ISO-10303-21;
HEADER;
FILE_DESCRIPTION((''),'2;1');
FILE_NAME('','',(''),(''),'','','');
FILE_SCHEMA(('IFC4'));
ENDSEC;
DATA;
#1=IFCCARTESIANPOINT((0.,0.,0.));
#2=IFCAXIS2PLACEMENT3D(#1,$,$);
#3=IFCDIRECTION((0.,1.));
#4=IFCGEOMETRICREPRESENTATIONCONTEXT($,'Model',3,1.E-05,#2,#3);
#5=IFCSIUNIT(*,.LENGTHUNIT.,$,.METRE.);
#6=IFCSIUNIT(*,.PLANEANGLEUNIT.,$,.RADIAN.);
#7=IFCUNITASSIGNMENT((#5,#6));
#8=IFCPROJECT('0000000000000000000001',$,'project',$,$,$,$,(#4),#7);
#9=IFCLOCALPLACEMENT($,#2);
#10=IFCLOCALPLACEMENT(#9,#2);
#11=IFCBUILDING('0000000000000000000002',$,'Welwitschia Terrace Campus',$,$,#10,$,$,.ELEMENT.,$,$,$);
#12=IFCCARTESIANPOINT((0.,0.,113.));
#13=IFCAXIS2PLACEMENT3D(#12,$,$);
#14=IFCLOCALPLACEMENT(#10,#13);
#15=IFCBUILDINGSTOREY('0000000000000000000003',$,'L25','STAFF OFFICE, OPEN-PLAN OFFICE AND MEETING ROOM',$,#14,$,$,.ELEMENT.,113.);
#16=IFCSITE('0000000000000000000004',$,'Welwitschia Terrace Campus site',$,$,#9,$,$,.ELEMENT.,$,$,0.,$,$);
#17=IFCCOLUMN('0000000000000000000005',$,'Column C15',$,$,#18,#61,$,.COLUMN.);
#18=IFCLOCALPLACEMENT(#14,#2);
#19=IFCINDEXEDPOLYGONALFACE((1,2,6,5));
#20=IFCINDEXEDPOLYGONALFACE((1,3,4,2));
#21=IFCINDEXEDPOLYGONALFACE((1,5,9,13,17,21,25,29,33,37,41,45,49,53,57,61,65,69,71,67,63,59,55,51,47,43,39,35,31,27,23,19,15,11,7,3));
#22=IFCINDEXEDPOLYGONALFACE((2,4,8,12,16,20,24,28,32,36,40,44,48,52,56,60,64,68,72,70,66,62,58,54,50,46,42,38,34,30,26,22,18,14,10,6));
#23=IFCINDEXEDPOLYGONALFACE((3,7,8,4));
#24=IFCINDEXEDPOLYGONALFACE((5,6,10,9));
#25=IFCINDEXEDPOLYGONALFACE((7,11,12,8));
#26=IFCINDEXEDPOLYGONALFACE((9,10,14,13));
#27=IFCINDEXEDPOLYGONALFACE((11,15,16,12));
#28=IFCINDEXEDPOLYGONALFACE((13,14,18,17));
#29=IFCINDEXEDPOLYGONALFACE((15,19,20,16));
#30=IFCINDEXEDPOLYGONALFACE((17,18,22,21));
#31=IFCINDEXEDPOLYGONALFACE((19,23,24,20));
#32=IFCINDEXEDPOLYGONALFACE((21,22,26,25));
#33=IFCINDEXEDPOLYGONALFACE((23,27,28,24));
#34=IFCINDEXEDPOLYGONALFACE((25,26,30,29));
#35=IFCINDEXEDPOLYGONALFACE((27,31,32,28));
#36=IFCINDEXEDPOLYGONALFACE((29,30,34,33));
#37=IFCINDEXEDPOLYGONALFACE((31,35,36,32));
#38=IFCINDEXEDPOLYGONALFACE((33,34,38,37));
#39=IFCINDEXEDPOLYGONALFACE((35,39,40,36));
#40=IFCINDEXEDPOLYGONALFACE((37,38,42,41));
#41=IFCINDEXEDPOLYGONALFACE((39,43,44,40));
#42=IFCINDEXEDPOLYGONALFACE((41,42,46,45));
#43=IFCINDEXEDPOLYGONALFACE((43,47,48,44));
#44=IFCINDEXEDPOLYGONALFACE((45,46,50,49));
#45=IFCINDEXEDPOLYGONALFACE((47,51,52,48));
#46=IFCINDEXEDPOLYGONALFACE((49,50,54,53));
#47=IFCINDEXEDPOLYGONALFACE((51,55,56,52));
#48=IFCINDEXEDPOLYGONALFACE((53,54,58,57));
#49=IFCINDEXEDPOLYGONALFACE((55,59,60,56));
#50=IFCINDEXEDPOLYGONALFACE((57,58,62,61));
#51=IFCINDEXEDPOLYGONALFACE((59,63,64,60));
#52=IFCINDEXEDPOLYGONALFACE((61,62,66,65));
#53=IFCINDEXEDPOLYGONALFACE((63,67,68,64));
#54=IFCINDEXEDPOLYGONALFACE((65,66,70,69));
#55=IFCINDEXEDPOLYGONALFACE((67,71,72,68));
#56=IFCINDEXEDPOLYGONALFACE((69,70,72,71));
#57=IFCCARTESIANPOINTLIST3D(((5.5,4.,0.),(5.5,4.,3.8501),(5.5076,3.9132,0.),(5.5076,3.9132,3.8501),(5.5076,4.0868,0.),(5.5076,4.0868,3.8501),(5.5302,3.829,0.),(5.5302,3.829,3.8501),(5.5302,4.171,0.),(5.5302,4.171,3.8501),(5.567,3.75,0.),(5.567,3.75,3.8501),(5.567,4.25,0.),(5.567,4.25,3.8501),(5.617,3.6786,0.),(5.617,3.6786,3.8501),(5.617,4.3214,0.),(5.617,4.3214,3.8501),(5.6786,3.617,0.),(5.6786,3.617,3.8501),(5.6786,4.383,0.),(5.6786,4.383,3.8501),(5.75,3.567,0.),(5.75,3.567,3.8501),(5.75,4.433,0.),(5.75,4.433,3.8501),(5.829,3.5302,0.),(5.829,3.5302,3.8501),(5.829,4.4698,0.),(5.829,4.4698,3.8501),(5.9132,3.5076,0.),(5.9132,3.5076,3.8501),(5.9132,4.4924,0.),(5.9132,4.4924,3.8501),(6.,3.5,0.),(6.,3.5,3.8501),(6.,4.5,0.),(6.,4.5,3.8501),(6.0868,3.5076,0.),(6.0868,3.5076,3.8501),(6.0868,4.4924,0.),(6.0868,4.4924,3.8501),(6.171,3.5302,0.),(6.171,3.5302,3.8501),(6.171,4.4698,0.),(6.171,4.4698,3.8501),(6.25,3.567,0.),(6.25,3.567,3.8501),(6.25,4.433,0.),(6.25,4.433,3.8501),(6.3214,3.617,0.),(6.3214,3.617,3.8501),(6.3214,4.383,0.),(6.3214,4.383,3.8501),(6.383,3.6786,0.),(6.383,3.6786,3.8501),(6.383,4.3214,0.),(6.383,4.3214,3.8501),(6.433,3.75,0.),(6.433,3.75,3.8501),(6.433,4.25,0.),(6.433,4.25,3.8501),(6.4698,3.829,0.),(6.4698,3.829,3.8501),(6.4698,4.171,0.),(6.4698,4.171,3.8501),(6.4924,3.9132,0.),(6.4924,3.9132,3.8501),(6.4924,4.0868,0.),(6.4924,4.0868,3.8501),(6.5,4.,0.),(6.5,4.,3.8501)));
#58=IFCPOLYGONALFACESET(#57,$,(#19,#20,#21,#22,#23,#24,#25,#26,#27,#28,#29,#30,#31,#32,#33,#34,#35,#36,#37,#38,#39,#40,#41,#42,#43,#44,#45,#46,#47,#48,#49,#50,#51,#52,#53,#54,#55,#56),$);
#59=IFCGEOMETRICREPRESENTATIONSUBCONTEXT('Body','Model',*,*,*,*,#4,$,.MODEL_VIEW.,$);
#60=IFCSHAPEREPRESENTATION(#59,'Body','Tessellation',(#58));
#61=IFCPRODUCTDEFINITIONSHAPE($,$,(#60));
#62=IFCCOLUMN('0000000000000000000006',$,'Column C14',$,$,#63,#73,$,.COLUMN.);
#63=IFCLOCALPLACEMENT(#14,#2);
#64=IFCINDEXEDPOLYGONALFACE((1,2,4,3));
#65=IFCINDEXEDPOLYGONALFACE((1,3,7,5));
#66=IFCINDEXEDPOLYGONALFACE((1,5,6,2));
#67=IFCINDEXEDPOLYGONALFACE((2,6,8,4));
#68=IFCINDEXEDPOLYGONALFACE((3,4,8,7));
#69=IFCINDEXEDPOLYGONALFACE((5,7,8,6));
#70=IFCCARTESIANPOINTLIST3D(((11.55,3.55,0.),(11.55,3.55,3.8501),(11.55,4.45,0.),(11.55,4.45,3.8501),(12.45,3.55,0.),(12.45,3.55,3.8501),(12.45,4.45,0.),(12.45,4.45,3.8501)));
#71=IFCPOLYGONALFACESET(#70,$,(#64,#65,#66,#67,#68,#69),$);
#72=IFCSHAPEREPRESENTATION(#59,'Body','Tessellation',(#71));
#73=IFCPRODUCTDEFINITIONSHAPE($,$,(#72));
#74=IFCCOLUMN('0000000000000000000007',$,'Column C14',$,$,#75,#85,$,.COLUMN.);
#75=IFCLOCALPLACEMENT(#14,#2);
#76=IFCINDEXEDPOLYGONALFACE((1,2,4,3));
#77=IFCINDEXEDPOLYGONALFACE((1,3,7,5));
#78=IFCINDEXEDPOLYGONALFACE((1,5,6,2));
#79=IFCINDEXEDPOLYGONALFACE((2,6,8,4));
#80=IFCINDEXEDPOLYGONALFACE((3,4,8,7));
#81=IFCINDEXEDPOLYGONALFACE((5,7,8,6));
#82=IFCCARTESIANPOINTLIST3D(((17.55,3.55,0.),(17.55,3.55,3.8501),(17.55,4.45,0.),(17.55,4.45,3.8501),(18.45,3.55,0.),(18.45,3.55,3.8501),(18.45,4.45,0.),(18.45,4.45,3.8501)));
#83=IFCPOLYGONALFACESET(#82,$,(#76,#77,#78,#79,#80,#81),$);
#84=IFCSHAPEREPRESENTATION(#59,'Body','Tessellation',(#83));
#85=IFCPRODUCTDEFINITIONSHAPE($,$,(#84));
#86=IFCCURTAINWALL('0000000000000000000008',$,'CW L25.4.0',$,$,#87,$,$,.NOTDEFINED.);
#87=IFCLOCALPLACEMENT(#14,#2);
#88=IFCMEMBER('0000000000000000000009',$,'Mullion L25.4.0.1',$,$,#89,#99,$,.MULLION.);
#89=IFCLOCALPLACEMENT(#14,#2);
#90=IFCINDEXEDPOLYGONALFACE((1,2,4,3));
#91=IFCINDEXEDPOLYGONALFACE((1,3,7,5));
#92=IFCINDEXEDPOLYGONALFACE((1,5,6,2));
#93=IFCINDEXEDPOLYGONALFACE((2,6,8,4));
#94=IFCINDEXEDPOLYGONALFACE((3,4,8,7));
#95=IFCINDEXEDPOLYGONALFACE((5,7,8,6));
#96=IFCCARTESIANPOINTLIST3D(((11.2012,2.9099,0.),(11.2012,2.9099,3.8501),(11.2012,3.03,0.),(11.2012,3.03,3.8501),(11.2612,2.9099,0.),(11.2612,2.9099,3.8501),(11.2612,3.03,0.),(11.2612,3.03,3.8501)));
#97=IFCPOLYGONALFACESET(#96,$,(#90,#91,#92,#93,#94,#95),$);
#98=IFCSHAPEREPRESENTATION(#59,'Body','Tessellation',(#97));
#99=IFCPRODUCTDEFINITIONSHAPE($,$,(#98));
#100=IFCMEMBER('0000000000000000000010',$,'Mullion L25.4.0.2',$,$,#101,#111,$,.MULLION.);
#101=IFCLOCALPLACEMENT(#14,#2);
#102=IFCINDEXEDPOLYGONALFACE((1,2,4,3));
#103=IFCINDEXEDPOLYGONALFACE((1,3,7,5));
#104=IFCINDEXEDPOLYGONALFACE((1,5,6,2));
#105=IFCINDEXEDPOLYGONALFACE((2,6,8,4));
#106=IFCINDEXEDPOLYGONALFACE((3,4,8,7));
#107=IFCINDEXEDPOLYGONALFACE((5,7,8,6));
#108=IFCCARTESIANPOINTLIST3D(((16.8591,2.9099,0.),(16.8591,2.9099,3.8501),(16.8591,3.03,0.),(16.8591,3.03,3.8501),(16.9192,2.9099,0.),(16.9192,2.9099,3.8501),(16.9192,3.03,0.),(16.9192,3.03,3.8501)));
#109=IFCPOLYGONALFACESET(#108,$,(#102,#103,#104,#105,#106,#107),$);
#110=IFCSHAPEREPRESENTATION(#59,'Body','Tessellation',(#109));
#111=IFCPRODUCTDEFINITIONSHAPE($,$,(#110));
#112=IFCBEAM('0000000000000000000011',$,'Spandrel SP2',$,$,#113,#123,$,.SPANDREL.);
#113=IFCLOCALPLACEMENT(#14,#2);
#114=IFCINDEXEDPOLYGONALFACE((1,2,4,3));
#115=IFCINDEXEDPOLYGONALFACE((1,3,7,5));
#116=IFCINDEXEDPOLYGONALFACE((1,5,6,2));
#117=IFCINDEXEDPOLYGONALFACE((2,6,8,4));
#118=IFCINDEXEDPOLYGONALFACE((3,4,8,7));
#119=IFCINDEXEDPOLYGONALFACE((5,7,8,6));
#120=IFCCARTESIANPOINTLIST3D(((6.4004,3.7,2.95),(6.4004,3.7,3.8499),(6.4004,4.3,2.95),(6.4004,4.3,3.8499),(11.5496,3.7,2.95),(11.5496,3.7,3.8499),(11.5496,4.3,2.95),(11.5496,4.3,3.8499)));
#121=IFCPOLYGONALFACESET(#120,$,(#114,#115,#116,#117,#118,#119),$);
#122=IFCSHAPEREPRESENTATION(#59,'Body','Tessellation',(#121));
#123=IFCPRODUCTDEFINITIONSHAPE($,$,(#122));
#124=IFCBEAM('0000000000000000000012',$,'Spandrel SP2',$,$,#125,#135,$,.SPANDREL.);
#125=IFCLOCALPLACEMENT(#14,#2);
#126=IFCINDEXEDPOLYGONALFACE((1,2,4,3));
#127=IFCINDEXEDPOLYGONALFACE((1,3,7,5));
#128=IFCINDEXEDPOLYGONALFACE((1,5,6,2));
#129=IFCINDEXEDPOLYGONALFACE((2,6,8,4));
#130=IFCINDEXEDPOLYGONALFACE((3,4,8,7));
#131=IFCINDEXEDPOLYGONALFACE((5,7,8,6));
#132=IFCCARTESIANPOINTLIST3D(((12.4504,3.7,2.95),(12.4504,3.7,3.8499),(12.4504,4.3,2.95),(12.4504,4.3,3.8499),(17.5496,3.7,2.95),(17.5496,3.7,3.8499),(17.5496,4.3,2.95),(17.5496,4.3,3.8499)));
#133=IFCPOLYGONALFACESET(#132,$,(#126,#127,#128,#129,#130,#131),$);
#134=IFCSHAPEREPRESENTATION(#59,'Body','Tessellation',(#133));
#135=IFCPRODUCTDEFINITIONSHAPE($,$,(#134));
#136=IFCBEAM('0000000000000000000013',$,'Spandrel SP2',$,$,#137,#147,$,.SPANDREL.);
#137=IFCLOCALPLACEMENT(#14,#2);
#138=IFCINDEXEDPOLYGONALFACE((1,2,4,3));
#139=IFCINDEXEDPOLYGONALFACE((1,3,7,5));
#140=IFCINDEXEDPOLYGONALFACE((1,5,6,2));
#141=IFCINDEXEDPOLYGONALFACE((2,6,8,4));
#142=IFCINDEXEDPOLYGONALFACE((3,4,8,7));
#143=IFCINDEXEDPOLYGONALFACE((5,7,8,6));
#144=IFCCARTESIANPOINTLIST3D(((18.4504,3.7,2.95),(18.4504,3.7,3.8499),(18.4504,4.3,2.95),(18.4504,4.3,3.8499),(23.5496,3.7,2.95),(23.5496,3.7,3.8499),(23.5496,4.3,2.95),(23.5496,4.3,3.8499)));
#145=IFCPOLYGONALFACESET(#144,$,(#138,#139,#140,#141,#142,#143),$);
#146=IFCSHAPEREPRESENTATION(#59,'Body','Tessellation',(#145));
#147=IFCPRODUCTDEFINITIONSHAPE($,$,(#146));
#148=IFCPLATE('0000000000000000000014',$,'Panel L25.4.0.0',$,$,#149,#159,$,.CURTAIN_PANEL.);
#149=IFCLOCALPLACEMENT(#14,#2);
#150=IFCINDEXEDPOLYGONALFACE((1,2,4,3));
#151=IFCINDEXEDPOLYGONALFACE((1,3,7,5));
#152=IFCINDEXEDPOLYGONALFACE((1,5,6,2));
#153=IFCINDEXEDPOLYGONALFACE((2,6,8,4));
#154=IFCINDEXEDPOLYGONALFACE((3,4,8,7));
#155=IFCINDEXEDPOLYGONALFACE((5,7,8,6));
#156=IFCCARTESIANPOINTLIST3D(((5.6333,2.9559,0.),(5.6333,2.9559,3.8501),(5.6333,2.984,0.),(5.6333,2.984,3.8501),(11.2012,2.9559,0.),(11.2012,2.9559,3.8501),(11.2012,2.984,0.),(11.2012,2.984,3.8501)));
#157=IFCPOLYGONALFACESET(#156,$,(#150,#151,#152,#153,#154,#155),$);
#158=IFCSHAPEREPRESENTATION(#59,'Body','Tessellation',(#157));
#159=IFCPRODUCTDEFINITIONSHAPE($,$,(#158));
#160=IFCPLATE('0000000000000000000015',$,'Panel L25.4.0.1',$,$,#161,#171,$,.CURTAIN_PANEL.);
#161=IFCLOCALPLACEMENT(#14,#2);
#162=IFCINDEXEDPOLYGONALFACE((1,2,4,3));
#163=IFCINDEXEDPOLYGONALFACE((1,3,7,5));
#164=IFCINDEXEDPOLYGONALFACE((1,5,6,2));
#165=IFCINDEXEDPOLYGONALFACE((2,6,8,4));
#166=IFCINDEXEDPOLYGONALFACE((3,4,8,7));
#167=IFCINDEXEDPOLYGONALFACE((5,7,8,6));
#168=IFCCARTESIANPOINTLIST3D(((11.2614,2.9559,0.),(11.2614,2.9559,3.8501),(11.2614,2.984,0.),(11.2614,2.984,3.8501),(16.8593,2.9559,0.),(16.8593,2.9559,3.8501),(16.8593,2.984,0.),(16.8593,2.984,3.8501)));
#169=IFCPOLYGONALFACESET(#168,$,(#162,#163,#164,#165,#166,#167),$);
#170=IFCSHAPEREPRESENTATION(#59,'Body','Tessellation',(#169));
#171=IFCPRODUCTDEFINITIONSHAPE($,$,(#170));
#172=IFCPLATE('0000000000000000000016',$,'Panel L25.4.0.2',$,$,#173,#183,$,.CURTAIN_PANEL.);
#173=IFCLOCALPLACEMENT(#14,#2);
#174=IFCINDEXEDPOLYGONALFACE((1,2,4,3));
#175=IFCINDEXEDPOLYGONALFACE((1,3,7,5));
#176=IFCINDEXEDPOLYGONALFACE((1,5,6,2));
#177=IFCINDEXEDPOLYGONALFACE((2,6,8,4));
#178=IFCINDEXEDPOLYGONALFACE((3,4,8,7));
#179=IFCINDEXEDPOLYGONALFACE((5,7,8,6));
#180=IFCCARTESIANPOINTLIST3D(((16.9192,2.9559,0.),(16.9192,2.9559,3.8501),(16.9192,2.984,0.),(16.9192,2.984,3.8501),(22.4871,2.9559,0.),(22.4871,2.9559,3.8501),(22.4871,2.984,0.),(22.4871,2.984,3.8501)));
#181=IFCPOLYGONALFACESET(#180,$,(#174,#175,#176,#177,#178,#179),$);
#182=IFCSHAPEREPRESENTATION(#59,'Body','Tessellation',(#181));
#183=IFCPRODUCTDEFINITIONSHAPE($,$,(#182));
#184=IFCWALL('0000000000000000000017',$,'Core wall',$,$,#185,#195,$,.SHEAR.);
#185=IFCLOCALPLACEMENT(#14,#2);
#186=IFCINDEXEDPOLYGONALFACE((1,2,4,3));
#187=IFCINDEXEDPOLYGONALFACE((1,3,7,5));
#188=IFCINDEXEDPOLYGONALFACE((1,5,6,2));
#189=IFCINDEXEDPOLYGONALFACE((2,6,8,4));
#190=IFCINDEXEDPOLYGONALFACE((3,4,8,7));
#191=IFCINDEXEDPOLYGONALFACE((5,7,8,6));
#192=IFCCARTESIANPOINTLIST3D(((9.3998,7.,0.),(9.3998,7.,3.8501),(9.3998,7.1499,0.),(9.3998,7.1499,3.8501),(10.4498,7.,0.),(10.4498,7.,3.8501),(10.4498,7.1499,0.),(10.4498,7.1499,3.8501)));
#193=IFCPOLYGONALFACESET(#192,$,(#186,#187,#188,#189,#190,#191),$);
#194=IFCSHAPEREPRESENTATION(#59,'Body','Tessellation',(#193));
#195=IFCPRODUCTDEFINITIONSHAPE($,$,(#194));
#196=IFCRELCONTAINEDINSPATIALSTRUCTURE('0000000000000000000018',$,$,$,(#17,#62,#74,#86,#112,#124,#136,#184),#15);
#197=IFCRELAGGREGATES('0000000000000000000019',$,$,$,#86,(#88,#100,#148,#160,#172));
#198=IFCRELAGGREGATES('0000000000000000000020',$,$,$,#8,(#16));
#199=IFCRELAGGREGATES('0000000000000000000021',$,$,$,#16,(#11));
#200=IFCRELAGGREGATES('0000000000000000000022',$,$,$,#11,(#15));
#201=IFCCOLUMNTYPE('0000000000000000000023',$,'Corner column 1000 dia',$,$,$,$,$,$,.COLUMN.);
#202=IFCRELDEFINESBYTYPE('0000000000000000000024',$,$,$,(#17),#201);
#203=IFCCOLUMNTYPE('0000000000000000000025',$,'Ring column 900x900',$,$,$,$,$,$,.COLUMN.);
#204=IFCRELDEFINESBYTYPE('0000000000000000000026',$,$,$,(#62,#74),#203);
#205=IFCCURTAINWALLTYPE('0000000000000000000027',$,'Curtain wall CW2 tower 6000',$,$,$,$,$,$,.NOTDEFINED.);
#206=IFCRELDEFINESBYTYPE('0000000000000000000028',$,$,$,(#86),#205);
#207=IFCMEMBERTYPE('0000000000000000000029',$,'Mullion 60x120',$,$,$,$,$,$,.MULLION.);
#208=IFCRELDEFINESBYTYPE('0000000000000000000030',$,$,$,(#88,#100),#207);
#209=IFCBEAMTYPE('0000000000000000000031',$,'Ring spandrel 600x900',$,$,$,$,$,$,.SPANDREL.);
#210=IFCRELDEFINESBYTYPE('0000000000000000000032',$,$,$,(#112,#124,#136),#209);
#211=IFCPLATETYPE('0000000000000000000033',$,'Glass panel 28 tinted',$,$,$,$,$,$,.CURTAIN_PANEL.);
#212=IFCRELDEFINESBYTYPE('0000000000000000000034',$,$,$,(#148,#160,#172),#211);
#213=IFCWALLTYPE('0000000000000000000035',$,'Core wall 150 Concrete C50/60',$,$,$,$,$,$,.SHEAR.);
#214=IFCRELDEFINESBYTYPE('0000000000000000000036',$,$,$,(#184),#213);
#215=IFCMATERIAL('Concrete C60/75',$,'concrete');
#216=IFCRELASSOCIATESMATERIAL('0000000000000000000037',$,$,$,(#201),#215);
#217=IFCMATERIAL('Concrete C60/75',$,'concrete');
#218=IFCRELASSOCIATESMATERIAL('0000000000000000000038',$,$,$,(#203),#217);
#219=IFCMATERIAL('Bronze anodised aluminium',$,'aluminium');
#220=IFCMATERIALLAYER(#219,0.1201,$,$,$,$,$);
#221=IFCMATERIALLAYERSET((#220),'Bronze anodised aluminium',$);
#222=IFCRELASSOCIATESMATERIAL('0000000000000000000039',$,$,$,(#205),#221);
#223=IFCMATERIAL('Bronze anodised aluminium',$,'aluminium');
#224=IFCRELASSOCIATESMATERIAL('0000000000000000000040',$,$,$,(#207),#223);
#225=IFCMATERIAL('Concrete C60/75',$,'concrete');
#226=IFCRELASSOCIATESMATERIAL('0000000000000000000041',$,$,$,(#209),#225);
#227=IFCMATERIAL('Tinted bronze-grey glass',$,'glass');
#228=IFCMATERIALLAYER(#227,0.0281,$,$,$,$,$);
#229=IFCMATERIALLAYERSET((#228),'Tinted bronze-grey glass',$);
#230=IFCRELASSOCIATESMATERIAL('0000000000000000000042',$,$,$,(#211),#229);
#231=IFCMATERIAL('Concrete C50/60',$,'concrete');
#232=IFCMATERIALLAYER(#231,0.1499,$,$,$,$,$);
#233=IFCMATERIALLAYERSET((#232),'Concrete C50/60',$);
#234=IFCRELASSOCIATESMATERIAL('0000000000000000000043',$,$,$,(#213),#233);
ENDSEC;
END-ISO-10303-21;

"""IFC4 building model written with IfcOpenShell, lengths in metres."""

from ifc_helpers import new_model, si_unit, direction, frame, frame_2d, origin, origin_2d, place, context, subcontext, project, spatial, rectangle, circle, extrude, material, layer, layer_set, material_profile, profile_set, type_object, element, aggregate, save


model = new_model("IFC4")

# Units and contexts
model_context = context("Model", 3, precision=1e-05, world=origin(), true_north=direction((0.0, 1.0)))
body_context = subcontext(model_context, "Body", "Model", "MODEL_VIEW")
ifc_project = project(units=[si_unit("LENGTHUNIT", "METRE"), si_unit("PLANEANGLEUNIT", "RADIAN")], contexts=[model_context])

# Site, building, storey
site_placement = place(None, origin())
site = spatial("IfcSite", under=ifc_project, at=site_placement, Name="Welwitschia Terrace Campus site", CompositionType="ELEMENT", RefElevation=0.0)
building_placement = place(site_placement, origin())
building = spatial("IfcBuilding", under=site, at=building_placement, Name="Welwitschia Terrace Campus", CompositionType="ELEMENT")
storey_placement = place(building_placement, frame((0.0, 0.0, 113.0)))
storey = spatial("IfcBuildingStorey", under=building, at=storey_placement, Name="L25", Description="STAFF OFFICE, OPEN-PLAN OFFICE AND MEETING ROOM", CompositionType="ELEMENT", Elevation=113.0)

# Columns
ifc_material_1 = material(Name="Concrete C60/75", Category="concrete")
ifc_material_profile_1 = material_profile(ifc_material_1, circle(Radius=0.5, at=origin_2d()))
ifc_profile_set_1 = profile_set([ifc_material_profile_1], Name="Concrete C60/75")
column_type_1 = type_object("IfcColumnType", Name="Corner column 1000 dia", PredefinedType="COLUMN", material=ifc_profile_set_1)
column_placement = place(storey_placement, frame((6.0, 4.0, 0.0), z_axis=(0.0, 0.0, 1.0), x_axis=(1.0, 0.0, 0.0)))
element("IfcColumn", 1, at=column_placement, inside=storey, type_object=column_type_1, Name="Column C15", PredefinedType="COLUMN", context=body_context, shape_type="SweptSolid", body=[
    extrude(circle(Radius=0.5, at=origin_2d()), origin(), (0.0, 0.0, 1.0), 3.8501),
])
ifc_material_2 = material(Name="Concrete C60/75", Category="concrete")
ifc_material_profile_2 = material_profile(ifc_material_2, rectangle(XDim=0.8999, YDim=0.8999, at=origin_2d()))
ifc_profile_set_2 = profile_set([ifc_material_profile_2], Name="Concrete C60/75")
column_type_2 = type_object("IfcColumnType", Name="Ring column 900x900", PredefinedType="COLUMN", material=ifc_profile_set_2)
for number, where, z_axis, x_axis, name in (
    (2, (12.0, 4.0, 0.0), (0.0, 0.0, 1.0), (1.0, 0.0, 0.0), "Column C14"),
    (3, (18.0, 4.0, 0.0), (0.0, 0.0, 1.0), (1.0, 0.0, 0.0), "Column C14"),
):
    element("IfcColumn", number, at=place(storey_placement, frame(where, z_axis=z_axis, x_axis=x_axis)), inside=storey, type_object=column_type_2, Name=name, PredefinedType="COLUMN", context=body_context, shape_type="SweptSolid", body=[
        extrude(rectangle(XDim=0.8999, YDim=0.8999, at=origin_2d()), origin(), (0.0, 0.0, 1.0), 3.8501),
    ])

# Curtain wall, members
ifc_material_3 = material(Name="Bronze anodised aluminium", Category="aluminium")
ifc_layer_1 = layer(ifc_material_3, 0.1201)
ifc_layer_set_1 = layer_set([ifc_layer_1], Name="Bronze anodised aluminium")
curtain_wall_type = type_object("IfcCurtainWallType", Name="Curtain wall CW2 tower 6000", PredefinedType="NOTDEFINED", material=ifc_layer_set_1)
curtain_wall_placement = place(storey_placement, origin())
curtain_wall = element("IfcCurtainWall", 4, at=curtain_wall_placement, inside=storey, type_object=curtain_wall_type, Name="CW L25.4.0", PredefinedType="NOTDEFINED")
ifc_material_4 = material(Name="Bronze anodised aluminium", Category="aluminium")
ifc_material_profile_3 = material_profile(ifc_material_4, rectangle(XDim=0.1201, YDim=0.0601, at=origin_2d()))
ifc_profile_set_3 = profile_set([ifc_material_profile_3], Name="Bronze anodised aluminium")
member_type = type_object("IfcMemberType", Name="Mullion 60x120", PredefinedType="MULLION", material=ifc_profile_set_3)
member_1_placement = place(storey_placement, frame((11.2312, 2.97, 0.0), z_axis=(0.0, 0.0, 1.0), x_axis=(0.0, 1.0, 0.0)))
member_1 = element("IfcMember", 5, at=member_1_placement, type_object=member_type, Name="Mullion L25.4.0.1", PredefinedType="MULLION", context=body_context, shape_type="SweptSolid", body=[
    extrude(rectangle(XDim=0.1201, YDim=0.0601, at=origin_2d()), origin(), (0.0, 0.0, 1.0), 3.8501),
])
member_2_placement = place(storey_placement, frame((16.8892, 2.97, 0.0), z_axis=(0.0, 0.0, 1.0), x_axis=(0.0, 1.0, 0.0)))
member_2 = element("IfcMember", 6, at=member_2_placement, type_object=member_type, Name="Mullion L25.4.0.2", PredefinedType="MULLION", context=body_context, shape_type="SweptSolid", body=[
    extrude(rectangle(XDim=0.1201, YDim=0.0601, at=origin_2d()), origin(), (0.0, 0.0, 1.0), 3.8501),
])

# Beams
ifc_material_5 = material(Name="Concrete C60/75", Category="concrete")
ifc_material_profile_4 = material_profile(ifc_material_5, rectangle(XDim=0.6001, YDim=0.8999, at=origin_2d()))
ifc_profile_set_4 = profile_set([ifc_material_profile_4], Name="Concrete C60/75")
beam_type = type_object("IfcBeamType", Name="Ring spandrel 600x900", PredefinedType="SPANDREL", material=ifc_profile_set_4)
beam_placement = place(storey_placement, frame((6.4004, 4.0, 3.3999), z_axis=(1.0, 0.0, 0.0), x_axis=(0.0, 1.0, 0.0)))
element("IfcBeam", 7, at=beam_placement, inside=storey, type_object=beam_type, Name="Spandrel SP2", PredefinedType="SPANDREL", context=body_context, shape_type="SweptSolid", body=[
    extrude(rectangle(XDim=0.6001, YDim=0.8999, at=origin_2d()), origin(), (0.0, 0.0, 1.0), 5.1492),
])
for number, where, z_axis, x_axis, name in (
    (8, (12.4504, 4.0, 3.3999), (1.0, 0.0, 0.0), (0.0, 1.0, 0.0), "Spandrel SP2"),
    (9, (18.4504, 4.0, 3.3999), (1.0, 0.0, 0.0), (0.0, 1.0, 0.0), "Spandrel SP2"),
):
    element("IfcBeam", number, at=place(storey_placement, frame(where, z_axis=z_axis, x_axis=x_axis)), inside=storey, type_object=beam_type, Name=name, PredefinedType="SPANDREL", context=body_context, shape_type="SweptSolid", body=[
        extrude(rectangle(XDim=0.6001, YDim=0.8999, at=origin_2d()), origin(), (0.0, 0.0, 1.0), 5.0991),
    ])

# Plates
ifc_material_6 = material(Name="Tinted bronze-grey glass", Category="glass")
ifc_layer_2 = layer(ifc_material_6, 0.0281)
ifc_layer_set_2 = layer_set([ifc_layer_2], Name="Tinted bronze-grey glass")
plate_type = type_object("IfcPlateType", Name="Glass panel 28 tinted", PredefinedType="CURTAIN_PANEL", material=ifc_layer_set_2)
plate_1_placement = place(storey_placement, frame((8.4172, 2.97, 0.0), z_axis=(0.0, 0.0, 1.0), x_axis=(1.0, 0.0, 0.0)))
plate_1 = element("IfcPlate", 10, at=plate_1_placement, type_object=plate_type, Name="Panel L25.4.0.0", PredefinedType="CURTAIN_PANEL", context=body_context, shape_type="SweptSolid", body=[
    extrude(rectangle(XDim=5.5679, YDim=0.0281, at=origin_2d()), origin(), (0.0, 0.0, 1.0), 3.8501),
])
plate_2_placement = place(storey_placement, frame((14.0603, 2.97, 0.0), z_axis=(0.0, 0.0, 1.0), x_axis=(1.0, 0.0, 0.0)))
plate_2 = element("IfcPlate", 11, at=plate_2_placement, type_object=plate_type, Name="Panel L25.4.0.1", PredefinedType="CURTAIN_PANEL", context=body_context, shape_type="SweptSolid", body=[
    extrude(rectangle(XDim=5.5979, YDim=0.0281, at=origin_2d()), origin(), (0.0, 0.0, 1.0), 3.8501),
])
plate_3_placement = place(storey_placement, frame((19.7031, 2.97, 0.0), z_axis=(0.0, 0.0, 1.0), x_axis=(1.0, 0.0, 0.0)))
plate_3 = element("IfcPlate", 12, at=plate_3_placement, type_object=plate_type, Name="Panel L25.4.0.2", PredefinedType="CURTAIN_PANEL", context=body_context, shape_type="SweptSolid", body=[
    extrude(rectangle(XDim=5.5679, YDim=0.0281, at=origin_2d()), origin(), (0.0, 0.0, 1.0), 3.8501),
])
aggregate(curtain_wall, [member_1, member_2, plate_1, plate_2, plate_3])

# Wall
ifc_material_7 = material(Name="Concrete C50/60", Category="concrete")
ifc_layer_3 = layer(ifc_material_7, 0.1499)
ifc_layer_set_3 = layer_set([ifc_layer_3], Name="Concrete C50/60")
wall_type_1 = type_object("IfcWallType", Name="Core wall 150 Concrete C50/60", PredefinedType="SHEAR", material=ifc_layer_set_3)
for number, where, z_axis, x_axis, name in (
    (13, (9.3999, 7.075, 0.0), (0.0, 0.0, 1.0), (1.0, 0.0, 0.0), "Core wall"),
):
    element("IfcWall", number, at=place(storey_placement, frame(where, z_axis=z_axis, x_axis=x_axis)), inside=storey, type_object=wall_type_1, Name=name, PredefinedType="SHEAR", context=body_context, shape_type="SweptSolid", body=[
        extrude(rectangle(XDim=1.05, YDim=0.1499, at=frame_2d((0.5249, 0.0))), origin(), (0.0, 0.0, 1.0), 3.8501),
    ])

save(model, "model.ifc")
